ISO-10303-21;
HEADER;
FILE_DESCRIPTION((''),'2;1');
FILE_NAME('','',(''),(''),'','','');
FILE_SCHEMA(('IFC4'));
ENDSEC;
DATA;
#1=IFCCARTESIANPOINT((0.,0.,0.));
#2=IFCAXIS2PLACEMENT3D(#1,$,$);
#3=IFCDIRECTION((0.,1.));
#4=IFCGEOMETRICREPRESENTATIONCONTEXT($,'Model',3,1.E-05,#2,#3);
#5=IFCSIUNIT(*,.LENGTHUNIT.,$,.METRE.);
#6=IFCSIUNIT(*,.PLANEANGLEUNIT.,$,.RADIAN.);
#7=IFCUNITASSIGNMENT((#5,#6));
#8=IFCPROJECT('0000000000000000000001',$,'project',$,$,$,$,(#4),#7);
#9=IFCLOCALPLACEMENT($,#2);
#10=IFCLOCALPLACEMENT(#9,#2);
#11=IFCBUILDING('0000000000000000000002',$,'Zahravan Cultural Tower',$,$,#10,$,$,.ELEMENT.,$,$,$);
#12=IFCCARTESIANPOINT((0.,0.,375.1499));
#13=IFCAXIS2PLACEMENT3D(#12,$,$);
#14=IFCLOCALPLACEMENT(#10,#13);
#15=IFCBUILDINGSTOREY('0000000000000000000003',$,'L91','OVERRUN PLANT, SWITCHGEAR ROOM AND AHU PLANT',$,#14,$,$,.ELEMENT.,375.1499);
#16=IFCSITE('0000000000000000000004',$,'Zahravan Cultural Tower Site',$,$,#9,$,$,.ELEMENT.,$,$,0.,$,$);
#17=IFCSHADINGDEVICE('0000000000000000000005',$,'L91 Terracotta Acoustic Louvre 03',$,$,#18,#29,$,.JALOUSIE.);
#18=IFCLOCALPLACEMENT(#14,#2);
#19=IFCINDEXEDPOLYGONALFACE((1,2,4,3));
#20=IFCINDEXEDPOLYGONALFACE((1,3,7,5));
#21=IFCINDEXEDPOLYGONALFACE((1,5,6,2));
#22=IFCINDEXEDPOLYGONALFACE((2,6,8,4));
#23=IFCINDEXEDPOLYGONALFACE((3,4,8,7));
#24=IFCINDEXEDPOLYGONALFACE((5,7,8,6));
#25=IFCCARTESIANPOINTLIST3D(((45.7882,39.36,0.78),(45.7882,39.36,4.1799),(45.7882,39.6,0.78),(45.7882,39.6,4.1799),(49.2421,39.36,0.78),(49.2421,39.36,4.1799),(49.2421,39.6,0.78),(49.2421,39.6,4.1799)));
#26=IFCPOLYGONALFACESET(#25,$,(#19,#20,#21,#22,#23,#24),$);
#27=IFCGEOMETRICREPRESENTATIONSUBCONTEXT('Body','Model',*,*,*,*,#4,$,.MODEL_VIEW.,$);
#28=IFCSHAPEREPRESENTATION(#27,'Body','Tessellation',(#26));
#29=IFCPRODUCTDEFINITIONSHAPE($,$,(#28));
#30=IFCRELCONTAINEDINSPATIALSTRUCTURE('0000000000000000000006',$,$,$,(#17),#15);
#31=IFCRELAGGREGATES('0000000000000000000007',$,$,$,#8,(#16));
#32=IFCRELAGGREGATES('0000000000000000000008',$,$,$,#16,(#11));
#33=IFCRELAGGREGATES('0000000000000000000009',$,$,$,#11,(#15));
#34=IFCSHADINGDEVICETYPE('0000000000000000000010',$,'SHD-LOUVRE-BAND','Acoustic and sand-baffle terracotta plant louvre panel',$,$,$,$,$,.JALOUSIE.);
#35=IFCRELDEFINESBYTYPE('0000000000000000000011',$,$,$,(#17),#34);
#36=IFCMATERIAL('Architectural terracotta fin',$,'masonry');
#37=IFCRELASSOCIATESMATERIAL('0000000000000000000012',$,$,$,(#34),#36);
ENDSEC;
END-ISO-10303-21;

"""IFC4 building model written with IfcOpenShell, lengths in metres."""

from ifc_helpers import new_model, si_unit, direction, frame, origin, origin_2d, place, context, subcontext, project, spatial, rectangle, extrude, source, transform, mapped, material, type_object, element, save


model = new_model("IFC4")

# Units and contexts
model_context = context("Model", 3, precision=1e-05, world=origin(), true_north=direction((0.0, 1.0)))
body_context = subcontext(model_context, "Body", "Model", "MODEL_VIEW")
ifc_project = project(units=[si_unit("LENGTHUNIT", "METRE"), si_unit("PLANEANGLEUNIT", "RADIAN")], contexts=[model_context])

# Site, building, storey
site_placement = place(None, origin())
site = spatial("IfcSite", under=ifc_project, at=site_placement, Name="Zahravan Cultural Tower Site", CompositionType="ELEMENT", RefElevation=0.0)
building_placement = place(site_placement, origin())
building = spatial("IfcBuilding", under=site, at=building_placement, Name="Zahravan Cultural Tower", CompositionType="ELEMENT")
storey_placement = place(building_placement, frame((0.0, 0.0, 375.1499)))
storey = spatial("IfcBuildingStorey", under=building, at=storey_placement, Name="L91", Description="OVERRUN PLANT, SWITCHGEAR ROOM AND AHU PLANT", CompositionType="ELEMENT", Elevation=375.1499)

# Shared definitions
ifc_material_1 = material(Name="Architectural terracotta fin", Category="masonry")
shading_device_type = type_object("IfcShadingDeviceType", Name="SHD-LOUVRE-BAND", Description="Acoustic and sand-baffle terracotta plant louvre panel", PredefinedType="JALOUSIE", material=ifc_material_1)

# Shading device
shared_shape_1 = source(origin(), body_context, "Body", "SweptSolid", [
    extrude(rectangle(XDim=3.4539, YDim=0.24, at=origin_2d()), origin(), (0.0, 0.0, 1.0), 3.3999),
])
shading_device_1_placement = place(storey_placement, frame((47.5151, 39.48, 0.78), z_axis=(0.0, 0.0, 1.0), x_axis=(1.0, 0.0, 0.0)))
element("IfcShadingDevice", 1, at=shading_device_1_placement, inside=storey, type_object=shading_device_type, Name="L91 Terracotta Acoustic Louvre 03", PredefinedType="JALOUSIE", context=body_context, shape_type="MappedRepresentation", body=[
    mapped(shared_shape_1, transform((0.0, 0.0, 0.0), x_axis=(1.0, 0.0, 0.0), y_axis=(0.0, 1.0, 0.0), z_axis=(0.0, 0.0, 1.0), scale=1.0)),
])

save(model, "model.ifc")
